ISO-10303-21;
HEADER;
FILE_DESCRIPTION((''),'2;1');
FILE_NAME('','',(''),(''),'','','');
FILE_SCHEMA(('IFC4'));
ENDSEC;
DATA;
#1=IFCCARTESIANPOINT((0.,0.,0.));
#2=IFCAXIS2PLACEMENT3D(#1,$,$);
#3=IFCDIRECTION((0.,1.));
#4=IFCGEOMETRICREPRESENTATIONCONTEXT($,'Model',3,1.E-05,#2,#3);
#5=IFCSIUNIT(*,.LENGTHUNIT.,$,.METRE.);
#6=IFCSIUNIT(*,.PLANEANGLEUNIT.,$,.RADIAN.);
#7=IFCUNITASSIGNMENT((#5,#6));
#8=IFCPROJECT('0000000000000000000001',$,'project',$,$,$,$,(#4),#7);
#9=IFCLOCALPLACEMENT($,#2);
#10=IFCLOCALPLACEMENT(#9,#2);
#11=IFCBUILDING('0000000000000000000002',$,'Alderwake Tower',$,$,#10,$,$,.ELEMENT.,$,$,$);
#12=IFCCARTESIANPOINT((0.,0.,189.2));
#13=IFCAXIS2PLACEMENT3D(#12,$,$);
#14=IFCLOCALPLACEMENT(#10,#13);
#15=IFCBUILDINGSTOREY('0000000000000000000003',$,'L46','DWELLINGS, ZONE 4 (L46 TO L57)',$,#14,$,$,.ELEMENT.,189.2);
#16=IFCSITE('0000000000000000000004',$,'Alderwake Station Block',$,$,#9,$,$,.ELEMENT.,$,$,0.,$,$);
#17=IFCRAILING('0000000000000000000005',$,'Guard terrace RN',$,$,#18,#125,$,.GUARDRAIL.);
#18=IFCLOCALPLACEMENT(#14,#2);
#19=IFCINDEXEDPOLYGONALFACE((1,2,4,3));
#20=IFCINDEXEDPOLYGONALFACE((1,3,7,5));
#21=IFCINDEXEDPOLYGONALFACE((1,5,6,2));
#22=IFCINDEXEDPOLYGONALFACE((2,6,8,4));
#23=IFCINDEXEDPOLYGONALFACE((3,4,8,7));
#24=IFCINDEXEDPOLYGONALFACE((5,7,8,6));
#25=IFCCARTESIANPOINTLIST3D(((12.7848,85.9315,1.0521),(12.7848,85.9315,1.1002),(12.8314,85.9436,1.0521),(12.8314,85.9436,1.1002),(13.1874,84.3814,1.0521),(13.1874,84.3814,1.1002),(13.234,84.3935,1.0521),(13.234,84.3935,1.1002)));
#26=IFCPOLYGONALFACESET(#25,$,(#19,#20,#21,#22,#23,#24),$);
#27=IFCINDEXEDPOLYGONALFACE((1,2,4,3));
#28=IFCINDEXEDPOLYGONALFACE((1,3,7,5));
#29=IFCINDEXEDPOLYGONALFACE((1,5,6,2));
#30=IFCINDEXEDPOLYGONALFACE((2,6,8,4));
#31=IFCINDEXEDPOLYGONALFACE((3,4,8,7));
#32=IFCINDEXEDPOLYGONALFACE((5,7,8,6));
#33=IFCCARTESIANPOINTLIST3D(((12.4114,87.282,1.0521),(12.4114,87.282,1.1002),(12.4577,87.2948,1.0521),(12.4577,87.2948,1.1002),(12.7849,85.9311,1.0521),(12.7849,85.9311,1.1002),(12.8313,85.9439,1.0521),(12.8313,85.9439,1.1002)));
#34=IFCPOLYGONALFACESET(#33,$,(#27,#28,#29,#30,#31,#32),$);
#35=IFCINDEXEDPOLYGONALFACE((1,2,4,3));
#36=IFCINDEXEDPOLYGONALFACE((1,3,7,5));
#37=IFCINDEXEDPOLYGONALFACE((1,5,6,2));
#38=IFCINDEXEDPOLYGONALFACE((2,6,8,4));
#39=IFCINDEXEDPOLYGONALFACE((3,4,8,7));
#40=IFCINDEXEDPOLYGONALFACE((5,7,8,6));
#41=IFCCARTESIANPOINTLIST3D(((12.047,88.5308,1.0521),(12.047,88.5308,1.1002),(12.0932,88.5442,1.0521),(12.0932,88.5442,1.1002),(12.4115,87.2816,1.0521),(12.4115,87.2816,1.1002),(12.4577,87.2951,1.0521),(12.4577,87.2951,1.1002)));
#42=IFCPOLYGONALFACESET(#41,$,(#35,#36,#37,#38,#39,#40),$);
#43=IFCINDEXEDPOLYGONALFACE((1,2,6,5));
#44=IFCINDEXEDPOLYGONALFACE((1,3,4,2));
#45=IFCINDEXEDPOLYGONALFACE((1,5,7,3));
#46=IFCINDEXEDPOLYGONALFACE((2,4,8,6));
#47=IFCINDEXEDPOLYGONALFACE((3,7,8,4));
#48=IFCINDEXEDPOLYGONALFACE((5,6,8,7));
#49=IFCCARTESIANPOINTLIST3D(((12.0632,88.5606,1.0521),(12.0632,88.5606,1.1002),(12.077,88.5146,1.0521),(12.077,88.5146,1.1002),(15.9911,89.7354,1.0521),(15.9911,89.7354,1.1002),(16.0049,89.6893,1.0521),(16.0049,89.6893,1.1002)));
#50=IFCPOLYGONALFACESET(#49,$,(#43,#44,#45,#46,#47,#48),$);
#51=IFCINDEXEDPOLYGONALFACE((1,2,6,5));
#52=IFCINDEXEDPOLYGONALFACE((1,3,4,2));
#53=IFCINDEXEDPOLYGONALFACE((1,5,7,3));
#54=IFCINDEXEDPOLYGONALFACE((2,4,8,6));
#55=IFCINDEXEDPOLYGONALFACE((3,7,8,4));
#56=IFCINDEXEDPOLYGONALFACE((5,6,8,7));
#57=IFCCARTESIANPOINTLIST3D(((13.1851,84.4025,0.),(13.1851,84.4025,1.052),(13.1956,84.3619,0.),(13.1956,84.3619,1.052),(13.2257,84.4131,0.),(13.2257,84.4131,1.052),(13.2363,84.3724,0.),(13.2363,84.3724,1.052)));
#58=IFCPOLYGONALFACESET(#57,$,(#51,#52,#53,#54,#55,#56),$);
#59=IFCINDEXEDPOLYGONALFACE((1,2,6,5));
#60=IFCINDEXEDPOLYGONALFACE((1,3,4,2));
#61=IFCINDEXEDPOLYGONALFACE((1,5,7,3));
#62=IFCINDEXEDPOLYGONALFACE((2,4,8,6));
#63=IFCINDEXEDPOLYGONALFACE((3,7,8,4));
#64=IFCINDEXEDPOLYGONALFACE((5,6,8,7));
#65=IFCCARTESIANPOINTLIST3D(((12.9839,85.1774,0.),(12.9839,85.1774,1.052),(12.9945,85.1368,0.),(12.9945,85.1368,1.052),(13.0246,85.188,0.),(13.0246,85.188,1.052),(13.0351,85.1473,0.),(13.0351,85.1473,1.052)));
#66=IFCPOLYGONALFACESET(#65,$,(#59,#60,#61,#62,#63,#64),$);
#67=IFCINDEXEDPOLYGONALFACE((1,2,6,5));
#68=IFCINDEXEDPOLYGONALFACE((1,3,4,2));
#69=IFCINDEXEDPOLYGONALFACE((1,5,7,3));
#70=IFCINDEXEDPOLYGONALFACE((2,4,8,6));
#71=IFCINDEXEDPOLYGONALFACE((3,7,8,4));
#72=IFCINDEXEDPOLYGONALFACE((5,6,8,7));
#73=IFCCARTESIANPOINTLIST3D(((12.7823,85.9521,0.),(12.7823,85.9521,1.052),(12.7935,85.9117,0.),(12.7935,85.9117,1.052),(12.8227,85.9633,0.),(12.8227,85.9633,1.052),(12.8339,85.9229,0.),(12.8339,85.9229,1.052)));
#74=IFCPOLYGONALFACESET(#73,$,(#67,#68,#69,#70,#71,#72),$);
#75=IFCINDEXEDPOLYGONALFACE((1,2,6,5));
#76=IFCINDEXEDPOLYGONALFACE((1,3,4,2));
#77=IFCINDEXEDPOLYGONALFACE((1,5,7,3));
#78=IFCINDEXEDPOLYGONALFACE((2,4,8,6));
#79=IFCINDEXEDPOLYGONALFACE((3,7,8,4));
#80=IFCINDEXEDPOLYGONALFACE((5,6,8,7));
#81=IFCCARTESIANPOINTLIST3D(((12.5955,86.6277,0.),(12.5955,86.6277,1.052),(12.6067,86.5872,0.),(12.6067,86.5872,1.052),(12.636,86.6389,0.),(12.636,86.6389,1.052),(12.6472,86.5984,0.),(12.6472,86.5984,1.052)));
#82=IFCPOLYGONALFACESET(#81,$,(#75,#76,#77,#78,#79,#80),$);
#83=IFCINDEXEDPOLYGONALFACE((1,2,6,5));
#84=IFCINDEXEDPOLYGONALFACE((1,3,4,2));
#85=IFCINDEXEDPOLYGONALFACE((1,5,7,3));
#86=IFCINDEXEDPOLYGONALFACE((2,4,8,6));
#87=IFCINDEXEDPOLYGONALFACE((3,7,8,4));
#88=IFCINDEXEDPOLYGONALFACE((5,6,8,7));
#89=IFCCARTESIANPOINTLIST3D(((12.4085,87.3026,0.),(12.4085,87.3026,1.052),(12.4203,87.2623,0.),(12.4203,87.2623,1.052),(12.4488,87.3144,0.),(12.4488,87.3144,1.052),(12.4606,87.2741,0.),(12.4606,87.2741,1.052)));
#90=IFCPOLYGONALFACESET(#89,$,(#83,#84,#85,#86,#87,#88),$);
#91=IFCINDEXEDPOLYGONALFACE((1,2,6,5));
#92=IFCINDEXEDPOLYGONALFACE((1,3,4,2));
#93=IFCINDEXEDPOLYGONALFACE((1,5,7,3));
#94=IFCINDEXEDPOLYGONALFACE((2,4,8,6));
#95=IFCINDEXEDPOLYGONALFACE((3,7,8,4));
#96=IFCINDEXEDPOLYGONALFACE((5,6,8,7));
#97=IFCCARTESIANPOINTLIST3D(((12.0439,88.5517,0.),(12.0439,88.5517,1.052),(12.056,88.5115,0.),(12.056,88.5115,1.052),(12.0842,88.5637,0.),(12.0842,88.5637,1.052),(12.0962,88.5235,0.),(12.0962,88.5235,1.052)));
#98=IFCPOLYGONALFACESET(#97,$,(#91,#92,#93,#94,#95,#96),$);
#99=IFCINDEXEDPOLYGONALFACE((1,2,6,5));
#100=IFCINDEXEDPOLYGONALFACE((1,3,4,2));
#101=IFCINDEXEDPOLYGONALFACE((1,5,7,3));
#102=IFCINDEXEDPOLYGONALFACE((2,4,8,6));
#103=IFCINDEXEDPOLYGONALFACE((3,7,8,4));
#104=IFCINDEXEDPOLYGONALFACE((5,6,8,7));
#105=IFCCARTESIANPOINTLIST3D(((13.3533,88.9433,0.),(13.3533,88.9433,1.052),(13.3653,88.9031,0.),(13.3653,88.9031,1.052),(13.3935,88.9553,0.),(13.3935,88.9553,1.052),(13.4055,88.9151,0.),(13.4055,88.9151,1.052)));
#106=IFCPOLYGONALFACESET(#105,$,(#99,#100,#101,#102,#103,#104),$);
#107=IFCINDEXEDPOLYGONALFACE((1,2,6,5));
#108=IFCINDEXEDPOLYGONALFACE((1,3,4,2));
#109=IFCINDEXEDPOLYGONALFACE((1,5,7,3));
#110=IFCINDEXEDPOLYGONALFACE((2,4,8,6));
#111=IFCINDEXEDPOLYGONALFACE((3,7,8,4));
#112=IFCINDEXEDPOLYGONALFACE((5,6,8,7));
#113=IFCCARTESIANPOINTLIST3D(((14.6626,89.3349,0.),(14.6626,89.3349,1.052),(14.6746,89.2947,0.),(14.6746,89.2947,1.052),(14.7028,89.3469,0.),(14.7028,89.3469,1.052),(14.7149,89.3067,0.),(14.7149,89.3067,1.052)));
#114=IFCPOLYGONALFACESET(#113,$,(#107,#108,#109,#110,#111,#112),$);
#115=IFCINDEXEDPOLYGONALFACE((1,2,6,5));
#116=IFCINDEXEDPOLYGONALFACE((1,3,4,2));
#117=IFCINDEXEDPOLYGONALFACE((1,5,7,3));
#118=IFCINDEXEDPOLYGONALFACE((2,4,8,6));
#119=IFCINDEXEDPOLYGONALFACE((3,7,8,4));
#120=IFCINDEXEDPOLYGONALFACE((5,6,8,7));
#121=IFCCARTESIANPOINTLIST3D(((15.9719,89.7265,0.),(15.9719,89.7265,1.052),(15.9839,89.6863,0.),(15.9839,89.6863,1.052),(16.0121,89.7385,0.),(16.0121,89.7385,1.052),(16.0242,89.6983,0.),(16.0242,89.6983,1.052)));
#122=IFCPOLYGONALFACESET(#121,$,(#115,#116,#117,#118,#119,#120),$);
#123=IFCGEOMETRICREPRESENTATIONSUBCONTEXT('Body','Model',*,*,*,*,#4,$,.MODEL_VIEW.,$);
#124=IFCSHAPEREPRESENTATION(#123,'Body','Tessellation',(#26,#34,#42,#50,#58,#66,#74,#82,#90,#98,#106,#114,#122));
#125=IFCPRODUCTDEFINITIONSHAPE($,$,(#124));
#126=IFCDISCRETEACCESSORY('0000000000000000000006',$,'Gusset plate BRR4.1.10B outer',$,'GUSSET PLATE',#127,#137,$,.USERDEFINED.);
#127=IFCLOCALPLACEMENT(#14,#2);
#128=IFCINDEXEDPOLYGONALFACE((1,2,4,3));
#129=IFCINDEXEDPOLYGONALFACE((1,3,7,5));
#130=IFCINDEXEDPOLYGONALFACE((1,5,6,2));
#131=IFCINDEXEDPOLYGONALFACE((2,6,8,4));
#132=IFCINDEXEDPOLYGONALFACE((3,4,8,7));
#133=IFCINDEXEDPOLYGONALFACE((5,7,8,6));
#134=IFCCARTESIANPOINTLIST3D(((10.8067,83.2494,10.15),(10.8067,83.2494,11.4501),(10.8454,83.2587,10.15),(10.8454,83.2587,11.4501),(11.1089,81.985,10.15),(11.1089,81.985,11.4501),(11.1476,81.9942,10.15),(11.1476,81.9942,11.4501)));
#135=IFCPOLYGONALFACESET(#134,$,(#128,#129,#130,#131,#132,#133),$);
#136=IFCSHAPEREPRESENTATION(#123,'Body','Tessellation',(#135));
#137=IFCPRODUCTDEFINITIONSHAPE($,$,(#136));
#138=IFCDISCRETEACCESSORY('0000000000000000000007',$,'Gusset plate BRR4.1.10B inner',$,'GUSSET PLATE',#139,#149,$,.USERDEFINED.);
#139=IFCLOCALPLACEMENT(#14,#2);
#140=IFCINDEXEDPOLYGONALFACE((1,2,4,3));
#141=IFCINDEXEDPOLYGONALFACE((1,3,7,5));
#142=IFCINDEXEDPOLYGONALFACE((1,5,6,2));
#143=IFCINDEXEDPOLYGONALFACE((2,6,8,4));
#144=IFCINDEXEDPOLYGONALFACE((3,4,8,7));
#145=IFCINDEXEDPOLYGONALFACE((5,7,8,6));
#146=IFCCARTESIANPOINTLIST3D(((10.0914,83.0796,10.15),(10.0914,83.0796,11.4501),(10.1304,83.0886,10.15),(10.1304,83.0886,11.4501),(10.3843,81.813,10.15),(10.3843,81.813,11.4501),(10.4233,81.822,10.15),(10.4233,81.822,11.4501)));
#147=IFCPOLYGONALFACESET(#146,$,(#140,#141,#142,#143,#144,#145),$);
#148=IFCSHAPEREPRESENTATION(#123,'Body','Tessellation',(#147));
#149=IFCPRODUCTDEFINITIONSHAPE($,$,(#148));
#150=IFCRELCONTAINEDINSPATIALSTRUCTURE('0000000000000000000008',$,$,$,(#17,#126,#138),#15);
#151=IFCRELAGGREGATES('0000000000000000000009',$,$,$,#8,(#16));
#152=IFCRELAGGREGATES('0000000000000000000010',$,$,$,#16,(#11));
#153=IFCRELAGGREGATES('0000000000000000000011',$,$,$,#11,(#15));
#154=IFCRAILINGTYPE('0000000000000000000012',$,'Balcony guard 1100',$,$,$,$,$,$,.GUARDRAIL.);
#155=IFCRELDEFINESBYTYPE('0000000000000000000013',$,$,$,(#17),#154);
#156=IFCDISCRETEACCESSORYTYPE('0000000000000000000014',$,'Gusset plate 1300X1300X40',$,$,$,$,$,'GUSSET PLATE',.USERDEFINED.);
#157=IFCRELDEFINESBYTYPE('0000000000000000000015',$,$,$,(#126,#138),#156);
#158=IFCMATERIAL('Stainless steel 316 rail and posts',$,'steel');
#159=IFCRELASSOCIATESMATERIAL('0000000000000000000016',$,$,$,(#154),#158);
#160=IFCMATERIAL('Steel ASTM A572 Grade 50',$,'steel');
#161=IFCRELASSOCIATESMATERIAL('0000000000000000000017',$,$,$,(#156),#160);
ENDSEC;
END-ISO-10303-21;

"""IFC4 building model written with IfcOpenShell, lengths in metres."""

from ifc_helpers import new_model, si_unit, direction, frame, origin, origin_2d, place, context, subcontext, project, spatial, rectangle, extrude, material, material_profile, profile_set, type_object, element, save


model = new_model("IFC4")

# Units and contexts
model_context = context("Model", 3, precision=1e-05, world=origin(), true_north=direction((0.0, 1.0)))
body_context = subcontext(model_context, "Body", "Model", "MODEL_VIEW")
ifc_project = project(units=[si_unit("LENGTHUNIT", "METRE"), si_unit("PLANEANGLEUNIT", "RADIAN")], contexts=[model_context])

# Site, building, storey
site_placement = place(None, origin())
site = spatial("IfcSite", under=ifc_project, at=site_placement, Name="Alderwake Station Block", CompositionType="ELEMENT", RefElevation=0.0)
building_placement = place(site_placement, origin())
building = spatial("IfcBuilding", under=site, at=building_placement, Name="Alderwake Tower", CompositionType="ELEMENT")
storey_placement = place(building_placement, frame((0.0, 0.0, 189.2)))
storey = spatial("IfcBuildingStorey", under=building, at=storey_placement, Name="L46", Description="DWELLINGS, ZONE 4 (L46 TO L57)", CompositionType="ELEMENT", Elevation=189.2)

# Railing
ifc_material_1 = material(Name="Stainless steel 316 rail and posts", Category="steel")
railing_type = type_object("IfcRailingType", Name="Balcony guard 1100", PredefinedType="GUARDRAIL", material=ifc_material_1)
railing_placement = place(storey_placement, frame((13.2107, 84.3875, 0.0)))
element("IfcRailing", 1, at=railing_placement, inside=storey, type_object=railing_type, Name="Guard terrace RN", PredefinedType="GUARDRAIL", context=body_context, shape_type="SweptSolid", body=[
    extrude(rectangle(XDim=0.0481, YDim=0.0481, at=origin_2d()), frame((0.0, 0.0, 1.0762), z_axis=(-0.251385, 0.967887, 0.0), x_axis=(-0.967887, -0.251385, 0.0)), (0.0, 0.0, 1.0), 1.6016),
    extrude(rectangle(XDim=0.0481, YDim=0.0481, at=origin_2d()), frame((-0.4026, 1.55, 1.0762), z_axis=(-0.266521, 0.963829, 0.0), x_axis=(-0.963829, -0.266521, 0.0)), (0.0, 0.0, 1.0), 1.4016),
    extrude(rectangle(XDim=0.0481, YDim=0.0481, at=origin_2d()), frame((-0.7761, 2.9009, 1.0762), z_axis=(-0.280094, 0.959973, 0.0), x_axis=(-0.959973, -0.280094, 0.0)), (0.0, 0.0, 1.0), 1.3013),
    extrude(rectangle(XDim=0.0481, YDim=0.0481, at=origin_2d()), frame((-1.1406, 4.1501, 1.0762), z_axis=(0.958067, 0.286545, 0.0), x_axis=(-0.286545, 0.958067, 0.0)), (0.0, 0.0, 1.0), 4.0999),
    extrude(rectangle(XDim=0.042, YDim=0.042, at=origin_2d()), frame((0.0, 0.0, 0.0), z_axis=(0.0, 0.0, 1.0), x_axis=(-0.251385, 0.967887, 0.0)), (0.0, 0.0, 1.0), 1.052),
    extrude(rectangle(XDim=0.042, YDim=0.042, at=origin_2d()), frame((-0.2012, 0.7749, 0.0), z_axis=(0.0, 0.0, 1.0), x_axis=(-0.251385, 0.967887, 0.0)), (0.0, 0.0, 1.0), 1.052),
    extrude(rectangle(XDim=0.042, YDim=0.042, at=origin_2d()), frame((-0.4026, 1.55, 0.0), z_axis=(0.0, 0.0, 1.0), x_axis=(-0.266521, 0.963829, 0.0)), (0.0, 0.0, 1.0), 1.052),
    extrude(rectangle(XDim=0.042, YDim=0.042, at=origin_2d()), frame((-0.5894, 2.2256, 0.0), z_axis=(0.0, 0.0, 1.0), x_axis=(-0.266521, 0.963829, 0.0)), (0.0, 0.0, 1.0), 1.052),
    extrude(rectangle(XDim=0.042, YDim=0.042, at=origin_2d()), frame((-0.7761, 2.9009, 0.0), z_axis=(0.0, 0.0, 1.0), x_axis=(-0.280094, 0.959973, 0.0)), (0.0, 0.0, 1.0), 1.052),
    extrude(rectangle(XDim=0.042, YDim=0.042, at=origin_2d()), frame((-1.1406, 4.1501, 0.0), z_axis=(0.0, 0.0, 1.0), x_axis=(0.958067, 0.286545, 0.0)), (0.0, 0.0, 1.0), 1.052),
    extrude(rectangle(XDim=0.042, YDim=0.042, at=origin_2d()), frame((0.1687, 4.5417, 0.0), z_axis=(0.0, 0.0, 1.0), x_axis=(0.958067, 0.286545, 0.0)), (0.0, 0.0, 1.0), 1.052),
    extrude(rectangle(XDim=0.042, YDim=0.042, at=origin_2d()), frame((1.478, 4.9333, 0.0), z_axis=(0.0, 0.0, 1.0), x_axis=(0.958067, 0.286545, 0.0)), (0.0, 0.0, 1.0), 1.052),
    extrude(rectangle(XDim=0.042, YDim=0.042, at=origin_2d()), frame((2.7874, 5.325, 0.0), z_axis=(0.0, 0.0, 1.0), x_axis=(0.958067, 0.286545, 0.0)), (0.0, 0.0, 1.0), 1.052),
])

# Discrete accessories
ifc_material_2 = material(Name="Steel ASTM A572 Grade 50", Category="steel")
ifc_material_profile_1 = material_profile(ifc_material_2, rectangle(XDim=1.3, YDim=1.3, at=origin_2d()), Name="gusset 1300X1300")
ifc_profile_set_1 = profile_set([ifc_material_profile_1], Name="Steel ASTM A572 Grade 50")
discrete_accessory_type = type_object("IfcDiscreteAccessoryType", Name="Gusset plate 1300X1300X40", ElementType="GUSSET PLATE", PredefinedType="USERDEFINED", material=ifc_profile_set_1)
discrete_accessory_1_placement = place(storey_placement, frame((10.9578, 82.6172, 10.8), z_axis=(0.972609, 0.232447, 0.0), x_axis=(-0.232447, 0.972609, 0.0)))
element("IfcDiscreteAccessory", 2, at=discrete_accessory_1_placement, inside=storey, type_object=discrete_accessory_type, Name="Gusset plate BRR4.1.10B outer", ObjectType="GUSSET PLATE", PredefinedType="USERDEFINED", context=body_context, shape_type="SweptSolid", body=[
    extrude(rectangle(XDim=1.3, YDim=1.3, at=origin_2d()), origin(), (0.0, 0.0, 1.0), 0.0398),
])
discrete_accessory_2_placement = place(storey_placement, frame((10.2769, 82.4553, 10.8), z_axis=(-0.974288, -0.225304, 0.0), x_axis=(0.225304, -0.974288, 0.0)))
element("IfcDiscreteAccessory", 3, at=discrete_accessory_2_placement, inside=storey, type_object=discrete_accessory_type, Name="Gusset plate BRR4.1.10B inner", ObjectType="GUSSET PLATE", PredefinedType="USERDEFINED", context=body_context, shape_type="SweptSolid", body=[
    extrude(rectangle(XDim=1.3, YDim=1.3, at=origin_2d()), origin(), (0.0, 0.0, 1.0), 0.04),
])

save(model, "model.ifc")
